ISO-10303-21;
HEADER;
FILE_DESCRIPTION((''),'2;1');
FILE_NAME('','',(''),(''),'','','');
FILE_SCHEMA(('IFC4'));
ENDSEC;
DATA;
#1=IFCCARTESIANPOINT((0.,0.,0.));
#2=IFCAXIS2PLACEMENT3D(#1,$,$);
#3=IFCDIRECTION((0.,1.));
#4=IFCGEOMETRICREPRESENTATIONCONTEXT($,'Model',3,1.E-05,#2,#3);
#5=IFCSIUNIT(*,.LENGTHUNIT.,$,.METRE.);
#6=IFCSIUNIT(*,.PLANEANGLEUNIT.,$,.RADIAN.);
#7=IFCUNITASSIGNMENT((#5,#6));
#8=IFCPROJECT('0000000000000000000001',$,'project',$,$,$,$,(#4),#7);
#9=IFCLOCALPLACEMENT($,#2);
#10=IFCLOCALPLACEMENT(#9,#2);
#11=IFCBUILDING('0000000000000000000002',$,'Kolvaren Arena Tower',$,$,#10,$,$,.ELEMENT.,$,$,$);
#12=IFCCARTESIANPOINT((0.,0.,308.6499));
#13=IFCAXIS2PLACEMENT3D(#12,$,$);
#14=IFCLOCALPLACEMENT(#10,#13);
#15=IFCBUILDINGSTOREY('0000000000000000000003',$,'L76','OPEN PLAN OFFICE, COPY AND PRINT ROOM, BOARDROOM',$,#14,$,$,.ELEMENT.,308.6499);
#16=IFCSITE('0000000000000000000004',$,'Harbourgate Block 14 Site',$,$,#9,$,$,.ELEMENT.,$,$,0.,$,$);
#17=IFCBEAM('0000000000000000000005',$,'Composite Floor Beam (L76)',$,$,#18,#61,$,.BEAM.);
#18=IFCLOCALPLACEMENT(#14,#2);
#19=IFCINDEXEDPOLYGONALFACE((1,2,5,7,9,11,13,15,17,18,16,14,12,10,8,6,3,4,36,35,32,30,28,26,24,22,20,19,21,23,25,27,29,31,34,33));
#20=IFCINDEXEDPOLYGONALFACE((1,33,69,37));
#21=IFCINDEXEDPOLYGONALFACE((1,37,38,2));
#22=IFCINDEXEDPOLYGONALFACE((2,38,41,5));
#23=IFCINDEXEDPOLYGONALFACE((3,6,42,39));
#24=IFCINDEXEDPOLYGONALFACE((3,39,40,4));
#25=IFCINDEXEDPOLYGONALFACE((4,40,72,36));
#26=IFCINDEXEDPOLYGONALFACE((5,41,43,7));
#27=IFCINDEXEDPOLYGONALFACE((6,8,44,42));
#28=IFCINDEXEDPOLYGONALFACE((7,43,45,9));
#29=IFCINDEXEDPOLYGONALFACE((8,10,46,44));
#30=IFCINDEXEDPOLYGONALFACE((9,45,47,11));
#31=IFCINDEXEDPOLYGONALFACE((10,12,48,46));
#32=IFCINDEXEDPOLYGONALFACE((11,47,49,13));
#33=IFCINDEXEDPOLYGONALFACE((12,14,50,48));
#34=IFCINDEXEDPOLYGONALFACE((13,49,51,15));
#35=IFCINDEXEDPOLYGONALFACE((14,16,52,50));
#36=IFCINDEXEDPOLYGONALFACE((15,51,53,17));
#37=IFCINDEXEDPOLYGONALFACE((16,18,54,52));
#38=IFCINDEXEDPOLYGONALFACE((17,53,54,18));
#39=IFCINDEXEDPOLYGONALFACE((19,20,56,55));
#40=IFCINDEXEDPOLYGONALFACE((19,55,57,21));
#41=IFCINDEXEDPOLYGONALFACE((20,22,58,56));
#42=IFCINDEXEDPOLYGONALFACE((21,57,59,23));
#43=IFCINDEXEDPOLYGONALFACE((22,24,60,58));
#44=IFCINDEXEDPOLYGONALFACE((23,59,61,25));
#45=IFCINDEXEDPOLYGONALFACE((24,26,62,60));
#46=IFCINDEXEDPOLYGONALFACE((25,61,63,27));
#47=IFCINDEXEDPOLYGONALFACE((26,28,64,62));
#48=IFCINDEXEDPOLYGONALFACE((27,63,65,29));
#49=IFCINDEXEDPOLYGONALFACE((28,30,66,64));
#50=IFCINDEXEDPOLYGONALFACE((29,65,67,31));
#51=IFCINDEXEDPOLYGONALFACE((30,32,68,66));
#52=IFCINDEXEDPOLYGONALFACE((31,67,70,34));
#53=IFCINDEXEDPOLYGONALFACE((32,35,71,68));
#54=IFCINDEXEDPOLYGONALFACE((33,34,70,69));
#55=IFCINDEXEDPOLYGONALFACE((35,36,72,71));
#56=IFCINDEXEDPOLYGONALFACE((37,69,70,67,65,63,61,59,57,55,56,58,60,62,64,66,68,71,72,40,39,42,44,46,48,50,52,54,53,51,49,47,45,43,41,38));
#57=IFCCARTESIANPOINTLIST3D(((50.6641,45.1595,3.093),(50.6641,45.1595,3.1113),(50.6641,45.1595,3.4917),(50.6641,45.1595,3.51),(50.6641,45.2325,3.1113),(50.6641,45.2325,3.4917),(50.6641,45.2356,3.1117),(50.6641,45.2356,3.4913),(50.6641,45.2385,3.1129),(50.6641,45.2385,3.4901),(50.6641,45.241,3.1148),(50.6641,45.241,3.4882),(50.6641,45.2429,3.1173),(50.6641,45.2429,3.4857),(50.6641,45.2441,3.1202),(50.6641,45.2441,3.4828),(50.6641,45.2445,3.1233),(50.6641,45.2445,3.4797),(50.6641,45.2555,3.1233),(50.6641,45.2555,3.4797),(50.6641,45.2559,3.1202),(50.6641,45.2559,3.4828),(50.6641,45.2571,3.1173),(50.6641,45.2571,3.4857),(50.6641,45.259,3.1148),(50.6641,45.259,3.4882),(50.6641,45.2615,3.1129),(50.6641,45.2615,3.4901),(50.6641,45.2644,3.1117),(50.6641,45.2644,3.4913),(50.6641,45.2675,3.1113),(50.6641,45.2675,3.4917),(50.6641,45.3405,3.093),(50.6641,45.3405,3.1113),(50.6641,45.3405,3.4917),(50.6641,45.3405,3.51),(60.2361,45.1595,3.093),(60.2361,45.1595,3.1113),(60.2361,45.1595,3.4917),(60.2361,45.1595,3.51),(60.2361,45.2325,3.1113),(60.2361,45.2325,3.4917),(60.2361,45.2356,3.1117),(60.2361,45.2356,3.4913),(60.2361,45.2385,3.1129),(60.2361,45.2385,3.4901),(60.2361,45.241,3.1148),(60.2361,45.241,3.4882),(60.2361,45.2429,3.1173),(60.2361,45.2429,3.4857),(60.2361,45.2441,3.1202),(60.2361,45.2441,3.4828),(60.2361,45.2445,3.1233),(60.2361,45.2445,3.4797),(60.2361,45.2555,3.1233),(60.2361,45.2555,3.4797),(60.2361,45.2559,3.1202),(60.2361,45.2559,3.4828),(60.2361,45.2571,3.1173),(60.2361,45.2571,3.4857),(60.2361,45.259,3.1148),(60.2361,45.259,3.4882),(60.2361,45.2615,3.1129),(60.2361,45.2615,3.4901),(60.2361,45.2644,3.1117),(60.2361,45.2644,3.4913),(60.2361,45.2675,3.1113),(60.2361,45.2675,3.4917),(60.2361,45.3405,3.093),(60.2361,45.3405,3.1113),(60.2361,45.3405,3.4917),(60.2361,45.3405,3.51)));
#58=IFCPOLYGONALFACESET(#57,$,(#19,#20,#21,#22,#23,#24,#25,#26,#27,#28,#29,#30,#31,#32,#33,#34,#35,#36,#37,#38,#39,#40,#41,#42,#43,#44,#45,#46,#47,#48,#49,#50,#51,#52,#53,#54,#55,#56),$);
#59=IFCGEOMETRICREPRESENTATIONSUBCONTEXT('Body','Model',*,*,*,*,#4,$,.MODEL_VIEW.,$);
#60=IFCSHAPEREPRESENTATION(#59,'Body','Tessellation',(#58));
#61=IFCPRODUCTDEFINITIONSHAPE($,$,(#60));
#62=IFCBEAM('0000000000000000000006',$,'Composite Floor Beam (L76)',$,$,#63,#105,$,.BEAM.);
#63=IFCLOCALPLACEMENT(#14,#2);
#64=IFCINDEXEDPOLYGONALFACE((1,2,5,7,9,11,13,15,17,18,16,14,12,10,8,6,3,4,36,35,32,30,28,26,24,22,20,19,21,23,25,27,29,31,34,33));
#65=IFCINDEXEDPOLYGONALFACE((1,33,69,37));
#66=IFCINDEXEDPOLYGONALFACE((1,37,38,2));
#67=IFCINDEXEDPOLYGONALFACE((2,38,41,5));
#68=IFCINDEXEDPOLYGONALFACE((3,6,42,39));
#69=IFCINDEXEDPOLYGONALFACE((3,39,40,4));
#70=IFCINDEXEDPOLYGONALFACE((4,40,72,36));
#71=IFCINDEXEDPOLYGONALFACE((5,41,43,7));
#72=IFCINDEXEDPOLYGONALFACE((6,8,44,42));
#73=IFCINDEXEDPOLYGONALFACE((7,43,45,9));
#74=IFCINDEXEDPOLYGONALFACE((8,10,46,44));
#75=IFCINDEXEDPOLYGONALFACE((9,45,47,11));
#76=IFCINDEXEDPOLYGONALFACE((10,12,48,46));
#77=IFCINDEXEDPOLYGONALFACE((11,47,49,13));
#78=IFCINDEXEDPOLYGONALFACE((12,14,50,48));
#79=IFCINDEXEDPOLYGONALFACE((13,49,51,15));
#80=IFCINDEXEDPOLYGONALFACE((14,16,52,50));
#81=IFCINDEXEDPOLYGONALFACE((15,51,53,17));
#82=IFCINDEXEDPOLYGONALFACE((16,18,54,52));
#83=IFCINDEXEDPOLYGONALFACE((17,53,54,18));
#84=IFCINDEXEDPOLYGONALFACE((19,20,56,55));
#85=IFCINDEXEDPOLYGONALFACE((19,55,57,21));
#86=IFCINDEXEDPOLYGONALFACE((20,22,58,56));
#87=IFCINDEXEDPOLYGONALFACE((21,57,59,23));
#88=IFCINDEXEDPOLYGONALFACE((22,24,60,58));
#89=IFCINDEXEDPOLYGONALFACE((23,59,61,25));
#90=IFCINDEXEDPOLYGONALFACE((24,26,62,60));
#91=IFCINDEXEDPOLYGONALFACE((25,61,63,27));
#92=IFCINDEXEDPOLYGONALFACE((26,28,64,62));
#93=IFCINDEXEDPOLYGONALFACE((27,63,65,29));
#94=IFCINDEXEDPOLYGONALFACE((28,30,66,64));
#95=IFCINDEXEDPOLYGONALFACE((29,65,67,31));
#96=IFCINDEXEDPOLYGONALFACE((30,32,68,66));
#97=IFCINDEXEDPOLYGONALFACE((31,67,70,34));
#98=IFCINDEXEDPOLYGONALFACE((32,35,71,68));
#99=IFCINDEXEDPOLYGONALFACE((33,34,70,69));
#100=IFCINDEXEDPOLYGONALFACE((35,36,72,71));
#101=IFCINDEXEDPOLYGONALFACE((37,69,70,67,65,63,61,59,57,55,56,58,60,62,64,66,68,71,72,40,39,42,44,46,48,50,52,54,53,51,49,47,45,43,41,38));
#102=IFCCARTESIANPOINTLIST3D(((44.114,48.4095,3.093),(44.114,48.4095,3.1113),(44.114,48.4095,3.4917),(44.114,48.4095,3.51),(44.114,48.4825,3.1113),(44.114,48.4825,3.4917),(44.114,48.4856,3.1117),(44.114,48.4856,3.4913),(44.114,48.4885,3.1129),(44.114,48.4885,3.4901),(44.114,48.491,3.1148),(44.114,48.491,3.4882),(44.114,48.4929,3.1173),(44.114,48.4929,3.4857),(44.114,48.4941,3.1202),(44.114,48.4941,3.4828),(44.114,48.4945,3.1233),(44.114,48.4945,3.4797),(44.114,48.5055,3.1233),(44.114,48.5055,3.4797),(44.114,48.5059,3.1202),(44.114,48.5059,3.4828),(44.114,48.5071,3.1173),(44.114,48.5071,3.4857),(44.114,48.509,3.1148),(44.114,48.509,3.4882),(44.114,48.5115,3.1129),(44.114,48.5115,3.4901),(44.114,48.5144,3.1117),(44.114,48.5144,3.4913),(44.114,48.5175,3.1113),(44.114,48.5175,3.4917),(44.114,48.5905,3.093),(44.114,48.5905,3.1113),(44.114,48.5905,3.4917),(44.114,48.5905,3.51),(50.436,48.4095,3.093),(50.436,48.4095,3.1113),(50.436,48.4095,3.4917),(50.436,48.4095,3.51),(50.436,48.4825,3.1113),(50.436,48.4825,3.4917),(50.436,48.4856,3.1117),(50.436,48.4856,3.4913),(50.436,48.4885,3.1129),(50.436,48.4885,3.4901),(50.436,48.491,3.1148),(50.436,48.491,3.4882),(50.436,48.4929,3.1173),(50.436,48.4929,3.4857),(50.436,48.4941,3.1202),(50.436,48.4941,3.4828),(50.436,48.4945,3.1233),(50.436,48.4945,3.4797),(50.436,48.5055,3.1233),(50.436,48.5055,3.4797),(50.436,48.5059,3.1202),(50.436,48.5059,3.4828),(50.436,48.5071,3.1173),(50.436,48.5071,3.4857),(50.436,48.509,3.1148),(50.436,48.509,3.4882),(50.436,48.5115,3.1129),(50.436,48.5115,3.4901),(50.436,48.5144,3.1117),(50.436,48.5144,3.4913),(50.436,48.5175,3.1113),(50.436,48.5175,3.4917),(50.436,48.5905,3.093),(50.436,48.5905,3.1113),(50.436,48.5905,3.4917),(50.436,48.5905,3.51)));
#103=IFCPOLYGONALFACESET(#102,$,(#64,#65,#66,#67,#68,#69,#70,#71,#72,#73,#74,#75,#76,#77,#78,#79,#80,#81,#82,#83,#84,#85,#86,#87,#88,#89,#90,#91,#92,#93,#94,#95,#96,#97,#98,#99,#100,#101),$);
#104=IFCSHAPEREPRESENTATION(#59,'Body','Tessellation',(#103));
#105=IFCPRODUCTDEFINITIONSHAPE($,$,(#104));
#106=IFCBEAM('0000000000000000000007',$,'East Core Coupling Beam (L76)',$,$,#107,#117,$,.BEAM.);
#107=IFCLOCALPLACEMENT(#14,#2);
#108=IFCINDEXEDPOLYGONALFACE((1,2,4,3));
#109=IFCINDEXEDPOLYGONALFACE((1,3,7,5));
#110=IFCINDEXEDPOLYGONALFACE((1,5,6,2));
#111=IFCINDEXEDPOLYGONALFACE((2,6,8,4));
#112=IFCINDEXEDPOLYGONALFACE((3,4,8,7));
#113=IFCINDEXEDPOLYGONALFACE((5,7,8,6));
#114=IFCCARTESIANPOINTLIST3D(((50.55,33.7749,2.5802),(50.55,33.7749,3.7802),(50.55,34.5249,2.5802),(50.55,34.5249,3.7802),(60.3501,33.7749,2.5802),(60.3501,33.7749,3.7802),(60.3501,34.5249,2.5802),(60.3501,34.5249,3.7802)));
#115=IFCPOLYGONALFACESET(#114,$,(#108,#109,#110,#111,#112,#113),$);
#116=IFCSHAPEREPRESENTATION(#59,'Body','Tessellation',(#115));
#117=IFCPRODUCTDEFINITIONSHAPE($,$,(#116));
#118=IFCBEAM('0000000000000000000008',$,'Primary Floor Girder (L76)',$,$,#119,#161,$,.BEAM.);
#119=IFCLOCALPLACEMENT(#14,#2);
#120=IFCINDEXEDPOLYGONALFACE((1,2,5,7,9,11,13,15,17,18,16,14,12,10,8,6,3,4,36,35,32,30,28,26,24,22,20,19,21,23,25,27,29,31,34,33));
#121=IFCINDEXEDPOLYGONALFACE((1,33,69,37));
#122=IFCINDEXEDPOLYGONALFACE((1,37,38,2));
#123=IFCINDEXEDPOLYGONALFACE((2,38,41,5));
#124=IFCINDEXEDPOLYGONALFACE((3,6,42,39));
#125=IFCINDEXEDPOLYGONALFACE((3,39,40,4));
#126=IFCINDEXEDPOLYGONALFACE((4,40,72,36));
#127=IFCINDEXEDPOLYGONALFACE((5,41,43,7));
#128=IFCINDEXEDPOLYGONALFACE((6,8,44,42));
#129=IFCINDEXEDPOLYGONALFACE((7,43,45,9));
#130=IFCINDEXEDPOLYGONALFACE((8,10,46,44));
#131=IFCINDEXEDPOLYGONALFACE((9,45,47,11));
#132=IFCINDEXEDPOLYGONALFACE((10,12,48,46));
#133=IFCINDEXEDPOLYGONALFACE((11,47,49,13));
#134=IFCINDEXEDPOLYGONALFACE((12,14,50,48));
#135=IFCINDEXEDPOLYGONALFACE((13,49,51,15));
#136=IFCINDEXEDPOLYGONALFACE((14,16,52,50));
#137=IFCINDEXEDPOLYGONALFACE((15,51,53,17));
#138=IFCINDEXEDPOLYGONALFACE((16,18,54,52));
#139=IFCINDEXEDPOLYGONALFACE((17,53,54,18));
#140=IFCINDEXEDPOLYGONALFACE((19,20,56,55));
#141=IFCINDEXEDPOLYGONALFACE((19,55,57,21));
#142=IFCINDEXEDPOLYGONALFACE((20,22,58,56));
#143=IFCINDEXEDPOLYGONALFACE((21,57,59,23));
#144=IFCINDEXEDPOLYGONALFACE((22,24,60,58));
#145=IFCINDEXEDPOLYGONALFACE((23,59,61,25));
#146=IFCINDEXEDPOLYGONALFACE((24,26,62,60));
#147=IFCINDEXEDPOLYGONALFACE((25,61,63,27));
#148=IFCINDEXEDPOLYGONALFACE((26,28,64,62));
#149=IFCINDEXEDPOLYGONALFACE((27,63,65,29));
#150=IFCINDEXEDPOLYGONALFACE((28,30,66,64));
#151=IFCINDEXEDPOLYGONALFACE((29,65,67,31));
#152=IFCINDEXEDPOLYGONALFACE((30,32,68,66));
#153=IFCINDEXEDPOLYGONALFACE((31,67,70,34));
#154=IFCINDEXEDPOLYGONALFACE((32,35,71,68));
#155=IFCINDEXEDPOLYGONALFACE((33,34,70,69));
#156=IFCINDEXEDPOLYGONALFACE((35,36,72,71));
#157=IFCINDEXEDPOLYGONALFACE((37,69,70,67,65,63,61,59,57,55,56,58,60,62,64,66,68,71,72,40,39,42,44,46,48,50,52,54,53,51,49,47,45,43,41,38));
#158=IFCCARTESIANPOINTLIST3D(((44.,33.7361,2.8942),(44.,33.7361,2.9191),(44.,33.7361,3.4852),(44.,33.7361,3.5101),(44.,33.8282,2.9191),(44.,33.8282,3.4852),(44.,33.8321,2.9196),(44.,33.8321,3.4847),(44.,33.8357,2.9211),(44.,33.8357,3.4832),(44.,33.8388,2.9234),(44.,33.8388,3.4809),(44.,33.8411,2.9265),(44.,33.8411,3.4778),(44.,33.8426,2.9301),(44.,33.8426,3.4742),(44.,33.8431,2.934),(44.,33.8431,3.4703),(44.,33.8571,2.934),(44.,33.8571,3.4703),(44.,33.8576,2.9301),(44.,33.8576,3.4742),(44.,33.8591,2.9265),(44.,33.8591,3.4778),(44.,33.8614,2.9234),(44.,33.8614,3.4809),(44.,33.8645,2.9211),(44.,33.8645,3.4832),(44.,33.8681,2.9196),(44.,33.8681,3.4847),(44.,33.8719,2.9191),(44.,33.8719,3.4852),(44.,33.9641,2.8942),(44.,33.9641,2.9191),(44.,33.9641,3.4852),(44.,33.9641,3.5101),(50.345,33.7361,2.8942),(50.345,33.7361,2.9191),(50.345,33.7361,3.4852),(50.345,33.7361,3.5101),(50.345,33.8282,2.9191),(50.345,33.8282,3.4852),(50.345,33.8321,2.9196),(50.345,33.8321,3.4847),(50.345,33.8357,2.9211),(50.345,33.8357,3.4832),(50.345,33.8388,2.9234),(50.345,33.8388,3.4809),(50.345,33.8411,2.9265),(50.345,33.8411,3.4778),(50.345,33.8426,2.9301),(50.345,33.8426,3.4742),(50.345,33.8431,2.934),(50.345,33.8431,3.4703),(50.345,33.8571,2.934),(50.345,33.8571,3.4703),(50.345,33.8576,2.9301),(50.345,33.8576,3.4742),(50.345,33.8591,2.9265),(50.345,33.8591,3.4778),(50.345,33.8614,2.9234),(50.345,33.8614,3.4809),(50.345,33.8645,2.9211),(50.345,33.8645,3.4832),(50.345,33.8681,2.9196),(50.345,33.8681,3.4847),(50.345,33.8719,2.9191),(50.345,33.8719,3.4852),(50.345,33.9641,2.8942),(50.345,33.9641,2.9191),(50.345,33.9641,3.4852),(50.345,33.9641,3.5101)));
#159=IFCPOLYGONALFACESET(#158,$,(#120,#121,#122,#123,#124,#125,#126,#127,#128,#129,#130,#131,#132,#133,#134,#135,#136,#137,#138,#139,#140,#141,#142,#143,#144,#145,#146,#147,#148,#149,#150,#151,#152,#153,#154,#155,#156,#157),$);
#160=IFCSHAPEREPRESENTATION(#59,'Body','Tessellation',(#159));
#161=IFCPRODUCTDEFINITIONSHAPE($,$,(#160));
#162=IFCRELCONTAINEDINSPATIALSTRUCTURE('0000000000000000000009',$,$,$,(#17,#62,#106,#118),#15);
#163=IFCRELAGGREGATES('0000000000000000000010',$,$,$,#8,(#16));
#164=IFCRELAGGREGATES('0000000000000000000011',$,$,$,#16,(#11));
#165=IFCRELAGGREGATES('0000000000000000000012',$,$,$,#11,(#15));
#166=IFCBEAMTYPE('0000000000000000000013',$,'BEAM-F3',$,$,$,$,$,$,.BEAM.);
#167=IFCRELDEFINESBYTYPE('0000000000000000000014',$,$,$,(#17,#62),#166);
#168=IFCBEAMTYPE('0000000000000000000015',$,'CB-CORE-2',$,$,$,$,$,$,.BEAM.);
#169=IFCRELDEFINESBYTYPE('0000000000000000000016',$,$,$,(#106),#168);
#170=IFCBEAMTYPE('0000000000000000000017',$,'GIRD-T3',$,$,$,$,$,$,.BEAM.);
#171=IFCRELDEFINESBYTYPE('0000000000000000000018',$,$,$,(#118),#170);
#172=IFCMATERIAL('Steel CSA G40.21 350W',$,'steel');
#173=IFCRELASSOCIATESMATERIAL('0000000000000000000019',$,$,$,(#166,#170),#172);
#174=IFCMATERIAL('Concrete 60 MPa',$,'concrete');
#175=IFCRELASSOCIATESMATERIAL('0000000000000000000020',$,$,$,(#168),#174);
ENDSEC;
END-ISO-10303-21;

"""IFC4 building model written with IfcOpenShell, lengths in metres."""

from ifc_helpers import new_model, si_unit, direction, frame, origin, origin_2d, place, context, subcontext, project, spatial, rectangle, i_section, extrude, material, material_profile, profile_set, type_object, element, save


model = new_model("IFC4")

# Units and contexts
model_context = context("Model", 3, precision=1e-05, world=origin(), true_north=direction((0.0, 1.0)))
body_context = subcontext(model_context, "Body", "Model", "MODEL_VIEW")
ifc_project = project(units=[si_unit("LENGTHUNIT", "METRE"), si_unit("PLANEANGLEUNIT", "RADIAN")], contexts=[model_context])

# Site, building, storey
site_placement = place(None, origin())
site = spatial("IfcSite", under=ifc_project, at=site_placement, Name="Harbourgate Block 14 Site", CompositionType="ELEMENT", RefElevation=0.0)
building_placement = place(site_placement, origin())
building = spatial("IfcBuilding", under=site, at=building_placement, Name="Kolvaren Arena Tower", CompositionType="ELEMENT")
storey_placement = place(building_placement, frame((0.0, 0.0, 308.6499)))
storey = spatial("IfcBuildingStorey", under=building, at=storey_placement, Name="L76", Description="OPEN PLAN OFFICE, COPY AND PRINT ROOM, BOARDROOM", CompositionType="ELEMENT", Elevation=308.6499)

# Beams
ifc_material_1 = material(Name="Steel CSA G40.21 350W", Category="steel")
ifc_material_profile_1 = material_profile(ifc_material_1, i_section(OverallWidth=0.1809, OverallDepth=0.417, WebThickness=0.011, FlangeThickness=0.0183, FilletRadius=0.012, at=origin_2d()), Name="W410x85")
ifc_profile_set_1 = profile_set([ifc_material_profile_1], Name="Steel CSA G40.21 350W")
beam_type_1 = type_object("IfcBeamType", Name="BEAM-F3", PredefinedType="BEAM", material=ifc_profile_set_1)
beam_1_placement = place(storey_placement, frame((50.6641, 45.25, 3.3015), z_axis=(1.0, 0.0, 0.0), x_axis=(0.0, 1.0, 0.0)))
element("IfcBeam", 1, at=beam_1_placement, inside=storey, type_object=beam_type_1, Name="Composite Floor Beam (L76)", PredefinedType="BEAM", context=body_context, shape_type="SweptSolid", body=[
    extrude(i_section(OverallWidth=0.1809, OverallDepth=0.417, WebThickness=0.011, FlangeThickness=0.0183, FilletRadius=0.012, at=origin_2d()), origin(), (0.0, 0.0, 1.0), 9.572),
])
beam_2_placement = place(storey_placement, frame((44.114, 48.5, 3.3015), z_axis=(1.0, 0.0, 0.0), x_axis=(0.0, 1.0, 0.0)))
element("IfcBeam", 2, at=beam_2_placement, inside=storey, type_object=beam_type_1, Name="Composite Floor Beam (L76)", PredefinedType="BEAM", context=body_context, shape_type="SweptSolid", body=[
    extrude(i_section(OverallWidth=0.1809, OverallDepth=0.417, WebThickness=0.011, FlangeThickness=0.0183, FilletRadius=0.012, at=origin_2d()), origin(), (0.0, 0.0, 1.0), 6.322),
])
ifc_material_2 = material(Name="Concrete 60 MPa", Category="concrete")
ifc_material_profile_2 = material_profile(ifc_material_2, rectangle(XDim=0.75, YDim=1.2, at=origin_2d()), Name="RC-750x1200")
ifc_profile_set_2 = profile_set([ifc_material_profile_2], Name="Concrete 60 MPa")
beam_type_2 = type_object("IfcBeamType", Name="CB-CORE-2", PredefinedType="BEAM", material=ifc_profile_set_2)
beam_3_placement = place(storey_placement, frame((50.55, 34.1499, 3.1802), z_axis=(1.0, 0.0, 0.0), x_axis=(0.0, 1.0, 0.0)))
element("IfcBeam", 3, at=beam_3_placement, inside=storey, type_object=beam_type_2, Name="East Core Coupling Beam (L76)", PredefinedType="BEAM", context=body_context, shape_type="SweptSolid", body=[
    extrude(rectangle(XDim=0.75, YDim=1.2, at=origin_2d()), origin(), (0.0, 0.0, 1.0), 9.8),
])
ifc_material_profile_3 = material_profile(ifc_material_1, i_section(OverallWidth=0.228, OverallDepth=0.616, WebThickness=0.0139, FlangeThickness=0.0249, FilletRadius=0.0149, at=origin_2d()), Name="W610x174")
ifc_profile_set_3 = profile_set([ifc_material_profile_3], Name="Steel CSA G40.21 350W")
beam_type_3 = type_object("IfcBeamType", Name="GIRD-T3", PredefinedType="BEAM", material=ifc_profile_set_3)
beam_4_placement = place(storey_placement, frame((44.0, 33.8501, 3.2021), z_axis=(1.0, 0.0, 0.0), x_axis=(0.0, 1.0, 0.0)))
element("IfcBeam", 4, at=beam_4_placement, inside=storey, type_object=beam_type_3, Name="Primary Floor Girder (L76)", PredefinedType="BEAM", context=body_context, shape_type="SweptSolid", body=[
    extrude(i_section(OverallWidth=0.228, OverallDepth=0.616, WebThickness=0.0139, FlangeThickness=0.0249, FilletRadius=0.0149, at=origin_2d()), origin(), (0.0, 0.0, 1.0), 6.345),
])

save(model, "model.ifc")
